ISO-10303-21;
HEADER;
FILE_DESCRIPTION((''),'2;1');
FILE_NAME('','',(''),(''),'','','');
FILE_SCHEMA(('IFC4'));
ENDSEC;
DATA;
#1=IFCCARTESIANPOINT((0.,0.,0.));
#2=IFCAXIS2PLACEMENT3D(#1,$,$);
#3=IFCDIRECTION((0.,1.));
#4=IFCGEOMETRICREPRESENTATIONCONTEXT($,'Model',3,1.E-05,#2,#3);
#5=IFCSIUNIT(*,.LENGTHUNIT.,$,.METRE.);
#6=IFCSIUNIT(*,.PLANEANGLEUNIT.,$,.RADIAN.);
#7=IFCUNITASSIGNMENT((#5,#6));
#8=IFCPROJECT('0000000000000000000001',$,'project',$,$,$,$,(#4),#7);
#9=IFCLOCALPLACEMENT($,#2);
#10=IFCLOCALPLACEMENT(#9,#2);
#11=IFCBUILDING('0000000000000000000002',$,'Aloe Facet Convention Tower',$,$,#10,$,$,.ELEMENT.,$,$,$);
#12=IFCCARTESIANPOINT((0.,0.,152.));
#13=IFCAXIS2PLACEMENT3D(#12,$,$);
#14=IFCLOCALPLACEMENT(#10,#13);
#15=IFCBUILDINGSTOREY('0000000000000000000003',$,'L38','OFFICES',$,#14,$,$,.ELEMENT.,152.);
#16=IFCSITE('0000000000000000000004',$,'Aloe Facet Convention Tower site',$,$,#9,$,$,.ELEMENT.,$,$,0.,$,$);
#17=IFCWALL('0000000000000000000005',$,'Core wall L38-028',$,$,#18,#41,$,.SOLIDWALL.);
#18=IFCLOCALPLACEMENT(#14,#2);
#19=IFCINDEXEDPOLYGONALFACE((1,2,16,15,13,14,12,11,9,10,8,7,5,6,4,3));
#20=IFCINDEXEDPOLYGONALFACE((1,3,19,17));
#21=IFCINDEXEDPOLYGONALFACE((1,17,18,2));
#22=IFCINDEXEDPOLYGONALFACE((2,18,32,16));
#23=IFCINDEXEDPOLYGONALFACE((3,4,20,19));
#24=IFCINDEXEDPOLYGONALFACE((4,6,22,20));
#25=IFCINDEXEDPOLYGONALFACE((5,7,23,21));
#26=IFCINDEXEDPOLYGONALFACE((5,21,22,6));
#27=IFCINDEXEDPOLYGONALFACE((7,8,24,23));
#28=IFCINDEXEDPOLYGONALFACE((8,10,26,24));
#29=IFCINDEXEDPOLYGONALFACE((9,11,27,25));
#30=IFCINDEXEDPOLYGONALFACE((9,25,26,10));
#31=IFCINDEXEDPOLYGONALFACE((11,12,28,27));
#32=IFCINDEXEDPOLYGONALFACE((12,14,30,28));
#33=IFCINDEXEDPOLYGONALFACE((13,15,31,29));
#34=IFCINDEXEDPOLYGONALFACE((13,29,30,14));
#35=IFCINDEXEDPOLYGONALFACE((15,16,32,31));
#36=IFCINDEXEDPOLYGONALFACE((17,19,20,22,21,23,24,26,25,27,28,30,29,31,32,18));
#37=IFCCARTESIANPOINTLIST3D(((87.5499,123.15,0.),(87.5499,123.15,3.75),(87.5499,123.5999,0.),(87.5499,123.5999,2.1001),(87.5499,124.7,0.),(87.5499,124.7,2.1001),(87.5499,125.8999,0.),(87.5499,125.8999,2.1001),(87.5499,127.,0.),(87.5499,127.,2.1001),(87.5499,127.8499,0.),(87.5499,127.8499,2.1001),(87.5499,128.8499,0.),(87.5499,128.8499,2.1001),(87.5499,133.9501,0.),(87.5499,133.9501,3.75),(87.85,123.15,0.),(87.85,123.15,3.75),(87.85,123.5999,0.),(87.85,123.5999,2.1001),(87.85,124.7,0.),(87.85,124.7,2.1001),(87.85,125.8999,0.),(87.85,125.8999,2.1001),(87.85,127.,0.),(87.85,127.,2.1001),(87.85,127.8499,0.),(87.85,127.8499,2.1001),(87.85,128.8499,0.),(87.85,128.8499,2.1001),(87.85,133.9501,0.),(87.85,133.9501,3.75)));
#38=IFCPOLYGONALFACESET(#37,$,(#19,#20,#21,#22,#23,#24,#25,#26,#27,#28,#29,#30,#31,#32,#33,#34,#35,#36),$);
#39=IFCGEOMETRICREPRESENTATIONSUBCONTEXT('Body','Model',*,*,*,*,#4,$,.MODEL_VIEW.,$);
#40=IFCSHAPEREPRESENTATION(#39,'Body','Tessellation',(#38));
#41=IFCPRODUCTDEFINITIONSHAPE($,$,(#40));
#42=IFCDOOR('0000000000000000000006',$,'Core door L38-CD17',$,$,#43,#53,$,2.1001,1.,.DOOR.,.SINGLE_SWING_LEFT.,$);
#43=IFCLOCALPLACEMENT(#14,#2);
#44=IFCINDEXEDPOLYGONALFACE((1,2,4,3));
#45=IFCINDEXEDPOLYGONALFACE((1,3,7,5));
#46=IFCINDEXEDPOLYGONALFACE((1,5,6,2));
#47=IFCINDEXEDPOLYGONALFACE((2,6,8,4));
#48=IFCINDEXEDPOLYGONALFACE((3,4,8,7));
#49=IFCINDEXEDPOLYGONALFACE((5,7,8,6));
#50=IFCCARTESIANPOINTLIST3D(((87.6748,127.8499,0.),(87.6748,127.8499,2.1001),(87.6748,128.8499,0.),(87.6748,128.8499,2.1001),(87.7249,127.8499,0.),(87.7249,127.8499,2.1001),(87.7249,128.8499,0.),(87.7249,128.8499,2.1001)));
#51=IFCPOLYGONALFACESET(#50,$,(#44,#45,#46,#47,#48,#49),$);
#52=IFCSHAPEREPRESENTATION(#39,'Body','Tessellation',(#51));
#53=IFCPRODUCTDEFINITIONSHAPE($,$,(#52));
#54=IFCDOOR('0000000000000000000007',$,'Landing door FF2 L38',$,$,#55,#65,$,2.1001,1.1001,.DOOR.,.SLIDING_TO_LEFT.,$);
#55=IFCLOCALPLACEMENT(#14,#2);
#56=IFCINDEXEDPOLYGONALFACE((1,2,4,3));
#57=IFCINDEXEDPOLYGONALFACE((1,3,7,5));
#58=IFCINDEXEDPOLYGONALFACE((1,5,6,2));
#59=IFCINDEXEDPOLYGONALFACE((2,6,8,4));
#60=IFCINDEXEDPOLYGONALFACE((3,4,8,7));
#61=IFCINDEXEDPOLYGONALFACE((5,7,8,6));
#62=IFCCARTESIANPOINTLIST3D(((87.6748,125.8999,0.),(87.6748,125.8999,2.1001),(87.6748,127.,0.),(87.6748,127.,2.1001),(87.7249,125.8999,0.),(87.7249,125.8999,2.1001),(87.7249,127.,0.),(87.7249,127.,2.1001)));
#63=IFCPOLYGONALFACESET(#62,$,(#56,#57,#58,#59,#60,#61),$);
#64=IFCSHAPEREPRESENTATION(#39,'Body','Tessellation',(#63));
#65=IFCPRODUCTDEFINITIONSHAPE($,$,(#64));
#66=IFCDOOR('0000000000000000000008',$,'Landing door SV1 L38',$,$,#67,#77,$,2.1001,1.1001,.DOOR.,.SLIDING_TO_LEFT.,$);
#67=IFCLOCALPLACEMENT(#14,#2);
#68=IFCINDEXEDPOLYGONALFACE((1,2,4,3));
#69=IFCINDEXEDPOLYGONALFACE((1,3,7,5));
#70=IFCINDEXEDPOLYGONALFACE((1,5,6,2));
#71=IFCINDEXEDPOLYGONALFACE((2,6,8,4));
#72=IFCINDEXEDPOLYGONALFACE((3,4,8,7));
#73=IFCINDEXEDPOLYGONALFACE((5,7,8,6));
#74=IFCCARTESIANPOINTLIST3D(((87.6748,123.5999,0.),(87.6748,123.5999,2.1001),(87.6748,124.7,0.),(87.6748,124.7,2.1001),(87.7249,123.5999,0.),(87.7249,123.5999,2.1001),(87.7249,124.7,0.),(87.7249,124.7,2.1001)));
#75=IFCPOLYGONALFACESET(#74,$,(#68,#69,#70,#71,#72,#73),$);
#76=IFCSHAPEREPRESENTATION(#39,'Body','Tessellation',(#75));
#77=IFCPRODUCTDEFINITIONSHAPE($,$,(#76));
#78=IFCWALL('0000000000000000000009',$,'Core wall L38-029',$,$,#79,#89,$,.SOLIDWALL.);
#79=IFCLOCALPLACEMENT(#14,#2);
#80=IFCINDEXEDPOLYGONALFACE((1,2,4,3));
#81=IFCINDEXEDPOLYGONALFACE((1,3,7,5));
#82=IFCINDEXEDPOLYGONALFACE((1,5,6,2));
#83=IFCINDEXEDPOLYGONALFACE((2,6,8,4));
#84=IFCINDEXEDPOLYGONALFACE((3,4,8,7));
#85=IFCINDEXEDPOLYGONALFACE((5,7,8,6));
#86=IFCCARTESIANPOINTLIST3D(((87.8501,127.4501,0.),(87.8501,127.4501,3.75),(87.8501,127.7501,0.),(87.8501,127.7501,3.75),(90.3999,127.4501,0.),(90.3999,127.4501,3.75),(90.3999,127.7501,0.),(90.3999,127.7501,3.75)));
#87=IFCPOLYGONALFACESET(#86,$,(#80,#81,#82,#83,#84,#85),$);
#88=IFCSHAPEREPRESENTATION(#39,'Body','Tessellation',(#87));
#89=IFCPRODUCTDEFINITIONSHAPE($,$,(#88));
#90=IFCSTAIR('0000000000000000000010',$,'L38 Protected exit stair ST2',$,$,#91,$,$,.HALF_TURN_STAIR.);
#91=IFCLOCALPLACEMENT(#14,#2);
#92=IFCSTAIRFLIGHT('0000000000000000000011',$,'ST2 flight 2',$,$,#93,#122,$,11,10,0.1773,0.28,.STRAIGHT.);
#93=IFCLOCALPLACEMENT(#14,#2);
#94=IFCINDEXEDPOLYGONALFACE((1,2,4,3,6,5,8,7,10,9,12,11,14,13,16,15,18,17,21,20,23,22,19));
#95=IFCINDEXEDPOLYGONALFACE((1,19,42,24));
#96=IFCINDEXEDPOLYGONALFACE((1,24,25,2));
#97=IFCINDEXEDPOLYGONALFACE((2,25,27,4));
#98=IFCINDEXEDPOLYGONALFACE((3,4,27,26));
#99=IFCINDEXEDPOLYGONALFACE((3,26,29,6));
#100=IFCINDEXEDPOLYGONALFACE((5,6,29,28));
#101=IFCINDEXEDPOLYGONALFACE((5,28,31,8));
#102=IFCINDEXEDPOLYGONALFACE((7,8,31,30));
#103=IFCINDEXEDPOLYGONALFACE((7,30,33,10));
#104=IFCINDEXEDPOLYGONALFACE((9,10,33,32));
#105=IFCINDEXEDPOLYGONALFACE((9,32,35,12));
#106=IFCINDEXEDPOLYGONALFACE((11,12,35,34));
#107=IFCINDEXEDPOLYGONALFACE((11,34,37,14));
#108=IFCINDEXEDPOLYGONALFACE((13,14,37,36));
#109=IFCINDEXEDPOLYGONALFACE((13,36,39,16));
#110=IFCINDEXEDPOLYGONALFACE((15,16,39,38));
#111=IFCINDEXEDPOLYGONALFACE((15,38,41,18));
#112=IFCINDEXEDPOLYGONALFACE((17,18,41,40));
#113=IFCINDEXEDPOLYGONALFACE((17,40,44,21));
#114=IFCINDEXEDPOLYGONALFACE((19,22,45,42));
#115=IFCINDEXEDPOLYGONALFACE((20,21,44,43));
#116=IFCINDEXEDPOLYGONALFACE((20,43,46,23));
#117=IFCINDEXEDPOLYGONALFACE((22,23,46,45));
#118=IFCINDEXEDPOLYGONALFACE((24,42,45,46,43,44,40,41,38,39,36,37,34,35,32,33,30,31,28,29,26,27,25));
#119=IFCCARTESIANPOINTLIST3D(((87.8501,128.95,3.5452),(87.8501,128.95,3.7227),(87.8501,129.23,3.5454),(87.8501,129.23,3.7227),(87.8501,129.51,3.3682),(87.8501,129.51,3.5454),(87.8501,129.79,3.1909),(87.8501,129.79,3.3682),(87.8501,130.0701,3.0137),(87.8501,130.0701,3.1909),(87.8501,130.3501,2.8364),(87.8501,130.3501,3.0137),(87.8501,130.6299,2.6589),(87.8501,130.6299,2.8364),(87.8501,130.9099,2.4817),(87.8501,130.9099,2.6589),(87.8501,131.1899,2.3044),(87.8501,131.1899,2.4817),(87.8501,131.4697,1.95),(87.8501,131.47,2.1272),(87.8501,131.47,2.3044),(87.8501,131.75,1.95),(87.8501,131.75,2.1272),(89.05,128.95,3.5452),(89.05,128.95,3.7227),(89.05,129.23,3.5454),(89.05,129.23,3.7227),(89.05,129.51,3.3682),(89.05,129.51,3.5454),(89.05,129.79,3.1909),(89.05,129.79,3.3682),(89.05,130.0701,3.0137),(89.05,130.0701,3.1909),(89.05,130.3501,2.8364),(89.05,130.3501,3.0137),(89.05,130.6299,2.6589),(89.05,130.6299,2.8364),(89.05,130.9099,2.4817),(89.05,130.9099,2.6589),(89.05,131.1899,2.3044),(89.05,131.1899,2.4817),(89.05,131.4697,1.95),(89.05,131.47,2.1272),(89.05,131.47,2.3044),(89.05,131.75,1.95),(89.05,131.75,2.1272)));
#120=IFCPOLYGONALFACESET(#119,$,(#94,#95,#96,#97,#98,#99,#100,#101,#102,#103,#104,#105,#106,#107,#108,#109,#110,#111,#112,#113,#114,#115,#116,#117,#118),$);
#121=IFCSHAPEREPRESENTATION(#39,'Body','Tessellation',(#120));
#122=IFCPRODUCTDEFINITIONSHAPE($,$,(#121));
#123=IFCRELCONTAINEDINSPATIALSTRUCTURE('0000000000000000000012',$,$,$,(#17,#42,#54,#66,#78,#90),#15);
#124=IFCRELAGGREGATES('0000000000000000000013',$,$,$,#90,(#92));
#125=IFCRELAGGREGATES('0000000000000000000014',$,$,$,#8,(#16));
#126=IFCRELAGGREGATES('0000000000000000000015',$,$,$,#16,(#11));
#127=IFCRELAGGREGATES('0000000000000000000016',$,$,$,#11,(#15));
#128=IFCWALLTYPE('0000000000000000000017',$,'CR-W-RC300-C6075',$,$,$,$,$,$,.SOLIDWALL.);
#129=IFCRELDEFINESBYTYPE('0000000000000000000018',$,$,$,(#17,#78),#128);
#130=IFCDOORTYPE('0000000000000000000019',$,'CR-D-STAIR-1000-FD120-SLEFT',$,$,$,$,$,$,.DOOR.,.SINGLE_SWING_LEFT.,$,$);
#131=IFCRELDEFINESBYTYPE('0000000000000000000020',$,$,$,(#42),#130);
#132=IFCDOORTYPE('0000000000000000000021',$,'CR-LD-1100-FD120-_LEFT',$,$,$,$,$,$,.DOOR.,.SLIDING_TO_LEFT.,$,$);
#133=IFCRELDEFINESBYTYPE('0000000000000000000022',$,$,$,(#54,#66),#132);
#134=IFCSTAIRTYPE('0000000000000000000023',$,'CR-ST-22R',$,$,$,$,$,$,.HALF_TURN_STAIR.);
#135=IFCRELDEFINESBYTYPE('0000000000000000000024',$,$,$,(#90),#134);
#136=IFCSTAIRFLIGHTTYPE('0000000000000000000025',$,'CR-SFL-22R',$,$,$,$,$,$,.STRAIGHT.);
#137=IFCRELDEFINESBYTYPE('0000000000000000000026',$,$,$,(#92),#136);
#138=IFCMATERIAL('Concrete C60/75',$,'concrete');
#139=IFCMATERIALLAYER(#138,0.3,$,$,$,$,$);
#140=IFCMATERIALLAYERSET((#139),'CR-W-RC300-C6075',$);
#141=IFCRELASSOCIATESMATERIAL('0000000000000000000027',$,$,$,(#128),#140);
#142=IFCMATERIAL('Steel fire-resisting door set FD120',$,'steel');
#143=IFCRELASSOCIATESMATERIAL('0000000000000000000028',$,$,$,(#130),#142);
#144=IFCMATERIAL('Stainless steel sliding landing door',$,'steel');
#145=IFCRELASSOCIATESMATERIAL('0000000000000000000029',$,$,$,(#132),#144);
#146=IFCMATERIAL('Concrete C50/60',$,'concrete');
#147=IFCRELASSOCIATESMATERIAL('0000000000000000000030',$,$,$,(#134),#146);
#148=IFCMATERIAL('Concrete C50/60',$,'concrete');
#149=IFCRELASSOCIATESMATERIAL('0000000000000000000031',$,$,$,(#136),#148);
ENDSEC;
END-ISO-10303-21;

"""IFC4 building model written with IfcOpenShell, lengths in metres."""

from ifc_helpers import new_model, si_unit, direction, frame, frame_2d, origin, place, context, subcontext, project, spatial, polyline, rectangle, outline, extrude, material, layer, layer_set, type_object, element, fill, aggregate, save


model = new_model("IFC4")

# Units and contexts
model_context = context("Model", 3, precision=1e-05, world=origin(), true_north=direction((0.0, 1.0)))
body_context = subcontext(model_context, "Body", "Model", "MODEL_VIEW")
ifc_project = project(units=[si_unit("LENGTHUNIT", "METRE"), si_unit("PLANEANGLEUNIT", "RADIAN")], contexts=[model_context])

# Site, building, storey
site_placement = place(None, origin())
site = spatial("IfcSite", under=ifc_project, at=site_placement, Name="Aloe Facet Convention Tower site", CompositionType="ELEMENT", RefElevation=0.0)
building_placement = place(site_placement, origin())
building = spatial("IfcBuilding", under=site, at=building_placement, Name="Aloe Facet Convention Tower", CompositionType="ELEMENT")
storey_placement = place(building_placement, frame((0.0, 0.0, 152.0)))
storey = spatial("IfcBuildingStorey", under=building, at=storey_placement, Name="L38", Description="OFFICES", CompositionType="ELEMENT", Elevation=152.0)

# Shared definitions
ifc_material_1 = material(Name="Concrete C60/75", Category="concrete")
ifc_layer_1 = layer(ifc_material_1, 0.3)
ifc_layer_set_1 = layer_set([ifc_layer_1], Name="CR-W-RC300-C6075")
wall_type_1 = type_object("IfcWallType", Name="CR-W-RC300-C6075", PredefinedType="SOLIDWALL", material=ifc_layer_set_1)

# Wall, openings, doors
wall_1_placement = place(storey_placement, frame((87.7, 133.95, 0.0), z_axis=(0.0, 0.0, 1.0), x_axis=(0.0, -1.0, 0.0)))
wall_1 = element("IfcWall", 1, at=wall_1_placement, inside=storey, type_object=wall_type_1, Name="Core wall L38-028", PredefinedType="SOLIDWALL", context=body_context, shape_type="SweptSolid", body=[
    extrude(rectangle(XDim=10.8, YDim=0.3, at=frame_2d((5.3999, 0.0))), origin(), (0.0, 0.0, 1.0), 3.75),
])
opening_1_placement = place(wall_1_placement, frame((6.95, 0.0, 0.0)))
opening_1 = element("IfcOpeningElement", 2, at=opening_1_placement, cuts=wall_1, PredefinedType="OPENING", context=body_context, shape_type="SweptSolid", body=[
    extrude(rectangle(XDim=1.1001, YDim=2.1001, at=frame_2d((0.55, 1.05))), frame((0.0, 0.1602, 0.0), z_axis=(0.0, -1.0, 0.0), x_axis=(1.0, 0.0, 0.0)), (0.0, 0.0, 1.0), 0.3201),
])
opening_2_placement = place(wall_1_placement, frame((5.1001, 0.0, 0.0)))
opening_2 = element("IfcOpeningElement", 3, at=opening_2_placement, cuts=wall_1, PredefinedType="OPENING", context=body_context, shape_type="SweptSolid", body=[
    extrude(rectangle(XDim=1.0, YDim=2.1001, at=frame_2d((0.5, 1.05))), frame((0.0, 0.1602, 0.0), z_axis=(0.0, -1.0, 0.0), x_axis=(1.0, 0.0, 0.0)), (0.0, 0.0, 1.0), 0.3201),
])
opening_3_placement = place(wall_1_placement, frame((9.25, 0.0, 0.0)))
opening_3 = element("IfcOpeningElement", 4, at=opening_3_placement, cuts=wall_1, PredefinedType="OPENING", context=body_context, shape_type="SweptSolid", body=[
    extrude(rectangle(XDim=1.1001, YDim=2.1001, at=frame_2d((0.55, 1.05))), frame((0.0, 0.1602, 0.0), z_axis=(0.0, -1.0, 0.0), x_axis=(1.0, 0.0, 0.0)), (0.0, 0.0, 1.0), 0.3201),
])
ifc_material_2 = material(Name="Steel fire-resisting door set FD120", Category="steel")
door_type_1 = type_object("IfcDoorType", Name="CR-D-STAIR-1000-FD120-SLEFT", OperationType="SINGLE_SWING_LEFT", PredefinedType="DOOR", material=ifc_material_2)
door_1_placement = place(opening_2_placement, origin())
door_1 = element("IfcDoor", 5, at=door_1_placement, inside=storey, type_object=door_type_1, Name="Core door L38-CD17", OperationType="SINGLE_SWING_LEFT", OverallHeight=2.1001, OverallWidth=1.0, PredefinedType="DOOR", context=body_context, shape_type="SweptSolid", body=[
    extrude(rectangle(XDim=1.0, YDim=2.1001, at=frame_2d((0.5, 1.05))), frame((0.0, 0.0249, 0.0), z_axis=(0.0, -1.0, 0.0), x_axis=(1.0, 0.0, 0.0)), (0.0, 0.0, 1.0), 0.05),
])
fill(opening_2, door_1)
ifc_material_3 = material(Name="Stainless steel sliding landing door", Category="steel")
door_type_2 = type_object("IfcDoorType", Name="CR-LD-1100-FD120-_LEFT", OperationType="SLIDING_TO_LEFT", PredefinedType="DOOR", material=ifc_material_3)
door_2_placement = place(opening_1_placement, origin())
door_2 = element("IfcDoor", 6, at=door_2_placement, inside=storey, type_object=door_type_2, Name="Landing door FF2 L38", OperationType="SLIDING_TO_LEFT", OverallHeight=2.1001, OverallWidth=1.1001, PredefinedType="DOOR", context=body_context, shape_type="SweptSolid", body=[
    extrude(rectangle(XDim=1.1001, YDim=2.1001, at=frame_2d((0.55, 1.05))), frame((0.0, 0.0249, 0.0), z_axis=(0.0, -1.0, 0.0), x_axis=(1.0, 0.0, 0.0)), (0.0, 0.0, 1.0), 0.05),
])
fill(opening_1, door_2)
door_3_placement = place(opening_3_placement, origin())
door_3 = element("IfcDoor", 7, at=door_3_placement, inside=storey, type_object=door_type_2, Name="Landing door SV1 L38", OperationType="SLIDING_TO_LEFT", OverallHeight=2.1001, OverallWidth=1.1001, PredefinedType="DOOR", context=body_context, shape_type="SweptSolid", body=[
    extrude(rectangle(XDim=1.1001, YDim=2.1001, at=frame_2d((0.55, 1.05))), frame((0.0, 0.0249, 0.0), z_axis=(0.0, -1.0, 0.0), x_axis=(1.0, 0.0, 0.0)), (0.0, 0.0, 1.0), 0.05),
])
fill(opening_3, door_3)

# Wall
wall_2_placement = place(storey_placement, frame((87.8501, 127.6001, 0.0), z_axis=(0.0, 0.0, 1.0), x_axis=(1.0, 0.0, 0.0)))
element("IfcWall", 8, at=wall_2_placement, inside=storey, type_object=wall_type_1, Name="Core wall L38-029", PredefinedType="SOLIDWALL", context=body_context, shape_type="SweptSolid", body=[
    extrude(rectangle(XDim=2.5498, YDim=0.3, at=frame_2d((1.2749, 0.0))), origin(), (0.0, 0.0, 1.0), 3.75),
])

# Stair, stair flight
ifc_material_4 = material(Name="Concrete C50/60", Category="concrete")
stair_type = type_object("IfcStairType", Name="CR-ST-22R", PredefinedType="HALF_TURN_STAIR", material=ifc_material_4)
stair_placement = place(storey_placement, origin())
stair = element("IfcStair", 9, at=stair_placement, inside=storey, type_object=stair_type, Name="L38 Protected exit stair ST2", PredefinedType="HALF_TURN_STAIR")
ifc_material_5 = material(Name="Concrete C50/60", Category="concrete")
stair_flight_type = type_object("IfcStairFlightType", Name="CR-SFL-22R", PredefinedType="STRAIGHT", material=ifc_material_5)
stair_flight_placement = place(storey_placement, frame((88.45, 131.75, 1.95), z_axis=(0.0, 0.0, 1.0), x_axis=(0.0, -1.0, 0.0)))
stair_flight = element("IfcStairFlight", 10, at=stair_flight_placement, type_object=stair_flight_type, Name="ST2 flight 2", NumberOfRisers=11, NumberOfTreads=10, PredefinedType="STRAIGHT", RiserHeight=0.1773, TreadLength=0.28, context=body_context, shape_type="SweptSolid", body=[
    extrude(outline(polyline([(0.0, 0.0), (0.0, 0.1772), (0.28, 0.1772), (0.28, 0.3545), (0.5601, 0.3545), (0.5601, 0.5317), (0.8401, 0.5317), (0.8401, 0.709), (1.1201, 0.709), (1.1201, 0.8865), (1.3999, 0.8865), (1.3999, 1.0637), (1.6799, 1.0637), (1.6799, 1.241), (1.96, 1.241), (1.96, 1.4182), (2.24, 1.4182), (2.24, 1.5955), (2.52, 1.5955), (2.52, 1.7727), (2.8, 1.7727), (2.8, 1.95), (2.8, 1.5952), (0.2803, 0.0), (0.0, 0.0)])), frame((0.0, 0.6001, 0.0), z_axis=(0.0, -1.0, 0.0), x_axis=(1.0, 0.0, 0.0)), (0.0, 0.0, 1.0), 1.2),
])
aggregate(stair, [stair_flight])

save(model, "model.ifc")
